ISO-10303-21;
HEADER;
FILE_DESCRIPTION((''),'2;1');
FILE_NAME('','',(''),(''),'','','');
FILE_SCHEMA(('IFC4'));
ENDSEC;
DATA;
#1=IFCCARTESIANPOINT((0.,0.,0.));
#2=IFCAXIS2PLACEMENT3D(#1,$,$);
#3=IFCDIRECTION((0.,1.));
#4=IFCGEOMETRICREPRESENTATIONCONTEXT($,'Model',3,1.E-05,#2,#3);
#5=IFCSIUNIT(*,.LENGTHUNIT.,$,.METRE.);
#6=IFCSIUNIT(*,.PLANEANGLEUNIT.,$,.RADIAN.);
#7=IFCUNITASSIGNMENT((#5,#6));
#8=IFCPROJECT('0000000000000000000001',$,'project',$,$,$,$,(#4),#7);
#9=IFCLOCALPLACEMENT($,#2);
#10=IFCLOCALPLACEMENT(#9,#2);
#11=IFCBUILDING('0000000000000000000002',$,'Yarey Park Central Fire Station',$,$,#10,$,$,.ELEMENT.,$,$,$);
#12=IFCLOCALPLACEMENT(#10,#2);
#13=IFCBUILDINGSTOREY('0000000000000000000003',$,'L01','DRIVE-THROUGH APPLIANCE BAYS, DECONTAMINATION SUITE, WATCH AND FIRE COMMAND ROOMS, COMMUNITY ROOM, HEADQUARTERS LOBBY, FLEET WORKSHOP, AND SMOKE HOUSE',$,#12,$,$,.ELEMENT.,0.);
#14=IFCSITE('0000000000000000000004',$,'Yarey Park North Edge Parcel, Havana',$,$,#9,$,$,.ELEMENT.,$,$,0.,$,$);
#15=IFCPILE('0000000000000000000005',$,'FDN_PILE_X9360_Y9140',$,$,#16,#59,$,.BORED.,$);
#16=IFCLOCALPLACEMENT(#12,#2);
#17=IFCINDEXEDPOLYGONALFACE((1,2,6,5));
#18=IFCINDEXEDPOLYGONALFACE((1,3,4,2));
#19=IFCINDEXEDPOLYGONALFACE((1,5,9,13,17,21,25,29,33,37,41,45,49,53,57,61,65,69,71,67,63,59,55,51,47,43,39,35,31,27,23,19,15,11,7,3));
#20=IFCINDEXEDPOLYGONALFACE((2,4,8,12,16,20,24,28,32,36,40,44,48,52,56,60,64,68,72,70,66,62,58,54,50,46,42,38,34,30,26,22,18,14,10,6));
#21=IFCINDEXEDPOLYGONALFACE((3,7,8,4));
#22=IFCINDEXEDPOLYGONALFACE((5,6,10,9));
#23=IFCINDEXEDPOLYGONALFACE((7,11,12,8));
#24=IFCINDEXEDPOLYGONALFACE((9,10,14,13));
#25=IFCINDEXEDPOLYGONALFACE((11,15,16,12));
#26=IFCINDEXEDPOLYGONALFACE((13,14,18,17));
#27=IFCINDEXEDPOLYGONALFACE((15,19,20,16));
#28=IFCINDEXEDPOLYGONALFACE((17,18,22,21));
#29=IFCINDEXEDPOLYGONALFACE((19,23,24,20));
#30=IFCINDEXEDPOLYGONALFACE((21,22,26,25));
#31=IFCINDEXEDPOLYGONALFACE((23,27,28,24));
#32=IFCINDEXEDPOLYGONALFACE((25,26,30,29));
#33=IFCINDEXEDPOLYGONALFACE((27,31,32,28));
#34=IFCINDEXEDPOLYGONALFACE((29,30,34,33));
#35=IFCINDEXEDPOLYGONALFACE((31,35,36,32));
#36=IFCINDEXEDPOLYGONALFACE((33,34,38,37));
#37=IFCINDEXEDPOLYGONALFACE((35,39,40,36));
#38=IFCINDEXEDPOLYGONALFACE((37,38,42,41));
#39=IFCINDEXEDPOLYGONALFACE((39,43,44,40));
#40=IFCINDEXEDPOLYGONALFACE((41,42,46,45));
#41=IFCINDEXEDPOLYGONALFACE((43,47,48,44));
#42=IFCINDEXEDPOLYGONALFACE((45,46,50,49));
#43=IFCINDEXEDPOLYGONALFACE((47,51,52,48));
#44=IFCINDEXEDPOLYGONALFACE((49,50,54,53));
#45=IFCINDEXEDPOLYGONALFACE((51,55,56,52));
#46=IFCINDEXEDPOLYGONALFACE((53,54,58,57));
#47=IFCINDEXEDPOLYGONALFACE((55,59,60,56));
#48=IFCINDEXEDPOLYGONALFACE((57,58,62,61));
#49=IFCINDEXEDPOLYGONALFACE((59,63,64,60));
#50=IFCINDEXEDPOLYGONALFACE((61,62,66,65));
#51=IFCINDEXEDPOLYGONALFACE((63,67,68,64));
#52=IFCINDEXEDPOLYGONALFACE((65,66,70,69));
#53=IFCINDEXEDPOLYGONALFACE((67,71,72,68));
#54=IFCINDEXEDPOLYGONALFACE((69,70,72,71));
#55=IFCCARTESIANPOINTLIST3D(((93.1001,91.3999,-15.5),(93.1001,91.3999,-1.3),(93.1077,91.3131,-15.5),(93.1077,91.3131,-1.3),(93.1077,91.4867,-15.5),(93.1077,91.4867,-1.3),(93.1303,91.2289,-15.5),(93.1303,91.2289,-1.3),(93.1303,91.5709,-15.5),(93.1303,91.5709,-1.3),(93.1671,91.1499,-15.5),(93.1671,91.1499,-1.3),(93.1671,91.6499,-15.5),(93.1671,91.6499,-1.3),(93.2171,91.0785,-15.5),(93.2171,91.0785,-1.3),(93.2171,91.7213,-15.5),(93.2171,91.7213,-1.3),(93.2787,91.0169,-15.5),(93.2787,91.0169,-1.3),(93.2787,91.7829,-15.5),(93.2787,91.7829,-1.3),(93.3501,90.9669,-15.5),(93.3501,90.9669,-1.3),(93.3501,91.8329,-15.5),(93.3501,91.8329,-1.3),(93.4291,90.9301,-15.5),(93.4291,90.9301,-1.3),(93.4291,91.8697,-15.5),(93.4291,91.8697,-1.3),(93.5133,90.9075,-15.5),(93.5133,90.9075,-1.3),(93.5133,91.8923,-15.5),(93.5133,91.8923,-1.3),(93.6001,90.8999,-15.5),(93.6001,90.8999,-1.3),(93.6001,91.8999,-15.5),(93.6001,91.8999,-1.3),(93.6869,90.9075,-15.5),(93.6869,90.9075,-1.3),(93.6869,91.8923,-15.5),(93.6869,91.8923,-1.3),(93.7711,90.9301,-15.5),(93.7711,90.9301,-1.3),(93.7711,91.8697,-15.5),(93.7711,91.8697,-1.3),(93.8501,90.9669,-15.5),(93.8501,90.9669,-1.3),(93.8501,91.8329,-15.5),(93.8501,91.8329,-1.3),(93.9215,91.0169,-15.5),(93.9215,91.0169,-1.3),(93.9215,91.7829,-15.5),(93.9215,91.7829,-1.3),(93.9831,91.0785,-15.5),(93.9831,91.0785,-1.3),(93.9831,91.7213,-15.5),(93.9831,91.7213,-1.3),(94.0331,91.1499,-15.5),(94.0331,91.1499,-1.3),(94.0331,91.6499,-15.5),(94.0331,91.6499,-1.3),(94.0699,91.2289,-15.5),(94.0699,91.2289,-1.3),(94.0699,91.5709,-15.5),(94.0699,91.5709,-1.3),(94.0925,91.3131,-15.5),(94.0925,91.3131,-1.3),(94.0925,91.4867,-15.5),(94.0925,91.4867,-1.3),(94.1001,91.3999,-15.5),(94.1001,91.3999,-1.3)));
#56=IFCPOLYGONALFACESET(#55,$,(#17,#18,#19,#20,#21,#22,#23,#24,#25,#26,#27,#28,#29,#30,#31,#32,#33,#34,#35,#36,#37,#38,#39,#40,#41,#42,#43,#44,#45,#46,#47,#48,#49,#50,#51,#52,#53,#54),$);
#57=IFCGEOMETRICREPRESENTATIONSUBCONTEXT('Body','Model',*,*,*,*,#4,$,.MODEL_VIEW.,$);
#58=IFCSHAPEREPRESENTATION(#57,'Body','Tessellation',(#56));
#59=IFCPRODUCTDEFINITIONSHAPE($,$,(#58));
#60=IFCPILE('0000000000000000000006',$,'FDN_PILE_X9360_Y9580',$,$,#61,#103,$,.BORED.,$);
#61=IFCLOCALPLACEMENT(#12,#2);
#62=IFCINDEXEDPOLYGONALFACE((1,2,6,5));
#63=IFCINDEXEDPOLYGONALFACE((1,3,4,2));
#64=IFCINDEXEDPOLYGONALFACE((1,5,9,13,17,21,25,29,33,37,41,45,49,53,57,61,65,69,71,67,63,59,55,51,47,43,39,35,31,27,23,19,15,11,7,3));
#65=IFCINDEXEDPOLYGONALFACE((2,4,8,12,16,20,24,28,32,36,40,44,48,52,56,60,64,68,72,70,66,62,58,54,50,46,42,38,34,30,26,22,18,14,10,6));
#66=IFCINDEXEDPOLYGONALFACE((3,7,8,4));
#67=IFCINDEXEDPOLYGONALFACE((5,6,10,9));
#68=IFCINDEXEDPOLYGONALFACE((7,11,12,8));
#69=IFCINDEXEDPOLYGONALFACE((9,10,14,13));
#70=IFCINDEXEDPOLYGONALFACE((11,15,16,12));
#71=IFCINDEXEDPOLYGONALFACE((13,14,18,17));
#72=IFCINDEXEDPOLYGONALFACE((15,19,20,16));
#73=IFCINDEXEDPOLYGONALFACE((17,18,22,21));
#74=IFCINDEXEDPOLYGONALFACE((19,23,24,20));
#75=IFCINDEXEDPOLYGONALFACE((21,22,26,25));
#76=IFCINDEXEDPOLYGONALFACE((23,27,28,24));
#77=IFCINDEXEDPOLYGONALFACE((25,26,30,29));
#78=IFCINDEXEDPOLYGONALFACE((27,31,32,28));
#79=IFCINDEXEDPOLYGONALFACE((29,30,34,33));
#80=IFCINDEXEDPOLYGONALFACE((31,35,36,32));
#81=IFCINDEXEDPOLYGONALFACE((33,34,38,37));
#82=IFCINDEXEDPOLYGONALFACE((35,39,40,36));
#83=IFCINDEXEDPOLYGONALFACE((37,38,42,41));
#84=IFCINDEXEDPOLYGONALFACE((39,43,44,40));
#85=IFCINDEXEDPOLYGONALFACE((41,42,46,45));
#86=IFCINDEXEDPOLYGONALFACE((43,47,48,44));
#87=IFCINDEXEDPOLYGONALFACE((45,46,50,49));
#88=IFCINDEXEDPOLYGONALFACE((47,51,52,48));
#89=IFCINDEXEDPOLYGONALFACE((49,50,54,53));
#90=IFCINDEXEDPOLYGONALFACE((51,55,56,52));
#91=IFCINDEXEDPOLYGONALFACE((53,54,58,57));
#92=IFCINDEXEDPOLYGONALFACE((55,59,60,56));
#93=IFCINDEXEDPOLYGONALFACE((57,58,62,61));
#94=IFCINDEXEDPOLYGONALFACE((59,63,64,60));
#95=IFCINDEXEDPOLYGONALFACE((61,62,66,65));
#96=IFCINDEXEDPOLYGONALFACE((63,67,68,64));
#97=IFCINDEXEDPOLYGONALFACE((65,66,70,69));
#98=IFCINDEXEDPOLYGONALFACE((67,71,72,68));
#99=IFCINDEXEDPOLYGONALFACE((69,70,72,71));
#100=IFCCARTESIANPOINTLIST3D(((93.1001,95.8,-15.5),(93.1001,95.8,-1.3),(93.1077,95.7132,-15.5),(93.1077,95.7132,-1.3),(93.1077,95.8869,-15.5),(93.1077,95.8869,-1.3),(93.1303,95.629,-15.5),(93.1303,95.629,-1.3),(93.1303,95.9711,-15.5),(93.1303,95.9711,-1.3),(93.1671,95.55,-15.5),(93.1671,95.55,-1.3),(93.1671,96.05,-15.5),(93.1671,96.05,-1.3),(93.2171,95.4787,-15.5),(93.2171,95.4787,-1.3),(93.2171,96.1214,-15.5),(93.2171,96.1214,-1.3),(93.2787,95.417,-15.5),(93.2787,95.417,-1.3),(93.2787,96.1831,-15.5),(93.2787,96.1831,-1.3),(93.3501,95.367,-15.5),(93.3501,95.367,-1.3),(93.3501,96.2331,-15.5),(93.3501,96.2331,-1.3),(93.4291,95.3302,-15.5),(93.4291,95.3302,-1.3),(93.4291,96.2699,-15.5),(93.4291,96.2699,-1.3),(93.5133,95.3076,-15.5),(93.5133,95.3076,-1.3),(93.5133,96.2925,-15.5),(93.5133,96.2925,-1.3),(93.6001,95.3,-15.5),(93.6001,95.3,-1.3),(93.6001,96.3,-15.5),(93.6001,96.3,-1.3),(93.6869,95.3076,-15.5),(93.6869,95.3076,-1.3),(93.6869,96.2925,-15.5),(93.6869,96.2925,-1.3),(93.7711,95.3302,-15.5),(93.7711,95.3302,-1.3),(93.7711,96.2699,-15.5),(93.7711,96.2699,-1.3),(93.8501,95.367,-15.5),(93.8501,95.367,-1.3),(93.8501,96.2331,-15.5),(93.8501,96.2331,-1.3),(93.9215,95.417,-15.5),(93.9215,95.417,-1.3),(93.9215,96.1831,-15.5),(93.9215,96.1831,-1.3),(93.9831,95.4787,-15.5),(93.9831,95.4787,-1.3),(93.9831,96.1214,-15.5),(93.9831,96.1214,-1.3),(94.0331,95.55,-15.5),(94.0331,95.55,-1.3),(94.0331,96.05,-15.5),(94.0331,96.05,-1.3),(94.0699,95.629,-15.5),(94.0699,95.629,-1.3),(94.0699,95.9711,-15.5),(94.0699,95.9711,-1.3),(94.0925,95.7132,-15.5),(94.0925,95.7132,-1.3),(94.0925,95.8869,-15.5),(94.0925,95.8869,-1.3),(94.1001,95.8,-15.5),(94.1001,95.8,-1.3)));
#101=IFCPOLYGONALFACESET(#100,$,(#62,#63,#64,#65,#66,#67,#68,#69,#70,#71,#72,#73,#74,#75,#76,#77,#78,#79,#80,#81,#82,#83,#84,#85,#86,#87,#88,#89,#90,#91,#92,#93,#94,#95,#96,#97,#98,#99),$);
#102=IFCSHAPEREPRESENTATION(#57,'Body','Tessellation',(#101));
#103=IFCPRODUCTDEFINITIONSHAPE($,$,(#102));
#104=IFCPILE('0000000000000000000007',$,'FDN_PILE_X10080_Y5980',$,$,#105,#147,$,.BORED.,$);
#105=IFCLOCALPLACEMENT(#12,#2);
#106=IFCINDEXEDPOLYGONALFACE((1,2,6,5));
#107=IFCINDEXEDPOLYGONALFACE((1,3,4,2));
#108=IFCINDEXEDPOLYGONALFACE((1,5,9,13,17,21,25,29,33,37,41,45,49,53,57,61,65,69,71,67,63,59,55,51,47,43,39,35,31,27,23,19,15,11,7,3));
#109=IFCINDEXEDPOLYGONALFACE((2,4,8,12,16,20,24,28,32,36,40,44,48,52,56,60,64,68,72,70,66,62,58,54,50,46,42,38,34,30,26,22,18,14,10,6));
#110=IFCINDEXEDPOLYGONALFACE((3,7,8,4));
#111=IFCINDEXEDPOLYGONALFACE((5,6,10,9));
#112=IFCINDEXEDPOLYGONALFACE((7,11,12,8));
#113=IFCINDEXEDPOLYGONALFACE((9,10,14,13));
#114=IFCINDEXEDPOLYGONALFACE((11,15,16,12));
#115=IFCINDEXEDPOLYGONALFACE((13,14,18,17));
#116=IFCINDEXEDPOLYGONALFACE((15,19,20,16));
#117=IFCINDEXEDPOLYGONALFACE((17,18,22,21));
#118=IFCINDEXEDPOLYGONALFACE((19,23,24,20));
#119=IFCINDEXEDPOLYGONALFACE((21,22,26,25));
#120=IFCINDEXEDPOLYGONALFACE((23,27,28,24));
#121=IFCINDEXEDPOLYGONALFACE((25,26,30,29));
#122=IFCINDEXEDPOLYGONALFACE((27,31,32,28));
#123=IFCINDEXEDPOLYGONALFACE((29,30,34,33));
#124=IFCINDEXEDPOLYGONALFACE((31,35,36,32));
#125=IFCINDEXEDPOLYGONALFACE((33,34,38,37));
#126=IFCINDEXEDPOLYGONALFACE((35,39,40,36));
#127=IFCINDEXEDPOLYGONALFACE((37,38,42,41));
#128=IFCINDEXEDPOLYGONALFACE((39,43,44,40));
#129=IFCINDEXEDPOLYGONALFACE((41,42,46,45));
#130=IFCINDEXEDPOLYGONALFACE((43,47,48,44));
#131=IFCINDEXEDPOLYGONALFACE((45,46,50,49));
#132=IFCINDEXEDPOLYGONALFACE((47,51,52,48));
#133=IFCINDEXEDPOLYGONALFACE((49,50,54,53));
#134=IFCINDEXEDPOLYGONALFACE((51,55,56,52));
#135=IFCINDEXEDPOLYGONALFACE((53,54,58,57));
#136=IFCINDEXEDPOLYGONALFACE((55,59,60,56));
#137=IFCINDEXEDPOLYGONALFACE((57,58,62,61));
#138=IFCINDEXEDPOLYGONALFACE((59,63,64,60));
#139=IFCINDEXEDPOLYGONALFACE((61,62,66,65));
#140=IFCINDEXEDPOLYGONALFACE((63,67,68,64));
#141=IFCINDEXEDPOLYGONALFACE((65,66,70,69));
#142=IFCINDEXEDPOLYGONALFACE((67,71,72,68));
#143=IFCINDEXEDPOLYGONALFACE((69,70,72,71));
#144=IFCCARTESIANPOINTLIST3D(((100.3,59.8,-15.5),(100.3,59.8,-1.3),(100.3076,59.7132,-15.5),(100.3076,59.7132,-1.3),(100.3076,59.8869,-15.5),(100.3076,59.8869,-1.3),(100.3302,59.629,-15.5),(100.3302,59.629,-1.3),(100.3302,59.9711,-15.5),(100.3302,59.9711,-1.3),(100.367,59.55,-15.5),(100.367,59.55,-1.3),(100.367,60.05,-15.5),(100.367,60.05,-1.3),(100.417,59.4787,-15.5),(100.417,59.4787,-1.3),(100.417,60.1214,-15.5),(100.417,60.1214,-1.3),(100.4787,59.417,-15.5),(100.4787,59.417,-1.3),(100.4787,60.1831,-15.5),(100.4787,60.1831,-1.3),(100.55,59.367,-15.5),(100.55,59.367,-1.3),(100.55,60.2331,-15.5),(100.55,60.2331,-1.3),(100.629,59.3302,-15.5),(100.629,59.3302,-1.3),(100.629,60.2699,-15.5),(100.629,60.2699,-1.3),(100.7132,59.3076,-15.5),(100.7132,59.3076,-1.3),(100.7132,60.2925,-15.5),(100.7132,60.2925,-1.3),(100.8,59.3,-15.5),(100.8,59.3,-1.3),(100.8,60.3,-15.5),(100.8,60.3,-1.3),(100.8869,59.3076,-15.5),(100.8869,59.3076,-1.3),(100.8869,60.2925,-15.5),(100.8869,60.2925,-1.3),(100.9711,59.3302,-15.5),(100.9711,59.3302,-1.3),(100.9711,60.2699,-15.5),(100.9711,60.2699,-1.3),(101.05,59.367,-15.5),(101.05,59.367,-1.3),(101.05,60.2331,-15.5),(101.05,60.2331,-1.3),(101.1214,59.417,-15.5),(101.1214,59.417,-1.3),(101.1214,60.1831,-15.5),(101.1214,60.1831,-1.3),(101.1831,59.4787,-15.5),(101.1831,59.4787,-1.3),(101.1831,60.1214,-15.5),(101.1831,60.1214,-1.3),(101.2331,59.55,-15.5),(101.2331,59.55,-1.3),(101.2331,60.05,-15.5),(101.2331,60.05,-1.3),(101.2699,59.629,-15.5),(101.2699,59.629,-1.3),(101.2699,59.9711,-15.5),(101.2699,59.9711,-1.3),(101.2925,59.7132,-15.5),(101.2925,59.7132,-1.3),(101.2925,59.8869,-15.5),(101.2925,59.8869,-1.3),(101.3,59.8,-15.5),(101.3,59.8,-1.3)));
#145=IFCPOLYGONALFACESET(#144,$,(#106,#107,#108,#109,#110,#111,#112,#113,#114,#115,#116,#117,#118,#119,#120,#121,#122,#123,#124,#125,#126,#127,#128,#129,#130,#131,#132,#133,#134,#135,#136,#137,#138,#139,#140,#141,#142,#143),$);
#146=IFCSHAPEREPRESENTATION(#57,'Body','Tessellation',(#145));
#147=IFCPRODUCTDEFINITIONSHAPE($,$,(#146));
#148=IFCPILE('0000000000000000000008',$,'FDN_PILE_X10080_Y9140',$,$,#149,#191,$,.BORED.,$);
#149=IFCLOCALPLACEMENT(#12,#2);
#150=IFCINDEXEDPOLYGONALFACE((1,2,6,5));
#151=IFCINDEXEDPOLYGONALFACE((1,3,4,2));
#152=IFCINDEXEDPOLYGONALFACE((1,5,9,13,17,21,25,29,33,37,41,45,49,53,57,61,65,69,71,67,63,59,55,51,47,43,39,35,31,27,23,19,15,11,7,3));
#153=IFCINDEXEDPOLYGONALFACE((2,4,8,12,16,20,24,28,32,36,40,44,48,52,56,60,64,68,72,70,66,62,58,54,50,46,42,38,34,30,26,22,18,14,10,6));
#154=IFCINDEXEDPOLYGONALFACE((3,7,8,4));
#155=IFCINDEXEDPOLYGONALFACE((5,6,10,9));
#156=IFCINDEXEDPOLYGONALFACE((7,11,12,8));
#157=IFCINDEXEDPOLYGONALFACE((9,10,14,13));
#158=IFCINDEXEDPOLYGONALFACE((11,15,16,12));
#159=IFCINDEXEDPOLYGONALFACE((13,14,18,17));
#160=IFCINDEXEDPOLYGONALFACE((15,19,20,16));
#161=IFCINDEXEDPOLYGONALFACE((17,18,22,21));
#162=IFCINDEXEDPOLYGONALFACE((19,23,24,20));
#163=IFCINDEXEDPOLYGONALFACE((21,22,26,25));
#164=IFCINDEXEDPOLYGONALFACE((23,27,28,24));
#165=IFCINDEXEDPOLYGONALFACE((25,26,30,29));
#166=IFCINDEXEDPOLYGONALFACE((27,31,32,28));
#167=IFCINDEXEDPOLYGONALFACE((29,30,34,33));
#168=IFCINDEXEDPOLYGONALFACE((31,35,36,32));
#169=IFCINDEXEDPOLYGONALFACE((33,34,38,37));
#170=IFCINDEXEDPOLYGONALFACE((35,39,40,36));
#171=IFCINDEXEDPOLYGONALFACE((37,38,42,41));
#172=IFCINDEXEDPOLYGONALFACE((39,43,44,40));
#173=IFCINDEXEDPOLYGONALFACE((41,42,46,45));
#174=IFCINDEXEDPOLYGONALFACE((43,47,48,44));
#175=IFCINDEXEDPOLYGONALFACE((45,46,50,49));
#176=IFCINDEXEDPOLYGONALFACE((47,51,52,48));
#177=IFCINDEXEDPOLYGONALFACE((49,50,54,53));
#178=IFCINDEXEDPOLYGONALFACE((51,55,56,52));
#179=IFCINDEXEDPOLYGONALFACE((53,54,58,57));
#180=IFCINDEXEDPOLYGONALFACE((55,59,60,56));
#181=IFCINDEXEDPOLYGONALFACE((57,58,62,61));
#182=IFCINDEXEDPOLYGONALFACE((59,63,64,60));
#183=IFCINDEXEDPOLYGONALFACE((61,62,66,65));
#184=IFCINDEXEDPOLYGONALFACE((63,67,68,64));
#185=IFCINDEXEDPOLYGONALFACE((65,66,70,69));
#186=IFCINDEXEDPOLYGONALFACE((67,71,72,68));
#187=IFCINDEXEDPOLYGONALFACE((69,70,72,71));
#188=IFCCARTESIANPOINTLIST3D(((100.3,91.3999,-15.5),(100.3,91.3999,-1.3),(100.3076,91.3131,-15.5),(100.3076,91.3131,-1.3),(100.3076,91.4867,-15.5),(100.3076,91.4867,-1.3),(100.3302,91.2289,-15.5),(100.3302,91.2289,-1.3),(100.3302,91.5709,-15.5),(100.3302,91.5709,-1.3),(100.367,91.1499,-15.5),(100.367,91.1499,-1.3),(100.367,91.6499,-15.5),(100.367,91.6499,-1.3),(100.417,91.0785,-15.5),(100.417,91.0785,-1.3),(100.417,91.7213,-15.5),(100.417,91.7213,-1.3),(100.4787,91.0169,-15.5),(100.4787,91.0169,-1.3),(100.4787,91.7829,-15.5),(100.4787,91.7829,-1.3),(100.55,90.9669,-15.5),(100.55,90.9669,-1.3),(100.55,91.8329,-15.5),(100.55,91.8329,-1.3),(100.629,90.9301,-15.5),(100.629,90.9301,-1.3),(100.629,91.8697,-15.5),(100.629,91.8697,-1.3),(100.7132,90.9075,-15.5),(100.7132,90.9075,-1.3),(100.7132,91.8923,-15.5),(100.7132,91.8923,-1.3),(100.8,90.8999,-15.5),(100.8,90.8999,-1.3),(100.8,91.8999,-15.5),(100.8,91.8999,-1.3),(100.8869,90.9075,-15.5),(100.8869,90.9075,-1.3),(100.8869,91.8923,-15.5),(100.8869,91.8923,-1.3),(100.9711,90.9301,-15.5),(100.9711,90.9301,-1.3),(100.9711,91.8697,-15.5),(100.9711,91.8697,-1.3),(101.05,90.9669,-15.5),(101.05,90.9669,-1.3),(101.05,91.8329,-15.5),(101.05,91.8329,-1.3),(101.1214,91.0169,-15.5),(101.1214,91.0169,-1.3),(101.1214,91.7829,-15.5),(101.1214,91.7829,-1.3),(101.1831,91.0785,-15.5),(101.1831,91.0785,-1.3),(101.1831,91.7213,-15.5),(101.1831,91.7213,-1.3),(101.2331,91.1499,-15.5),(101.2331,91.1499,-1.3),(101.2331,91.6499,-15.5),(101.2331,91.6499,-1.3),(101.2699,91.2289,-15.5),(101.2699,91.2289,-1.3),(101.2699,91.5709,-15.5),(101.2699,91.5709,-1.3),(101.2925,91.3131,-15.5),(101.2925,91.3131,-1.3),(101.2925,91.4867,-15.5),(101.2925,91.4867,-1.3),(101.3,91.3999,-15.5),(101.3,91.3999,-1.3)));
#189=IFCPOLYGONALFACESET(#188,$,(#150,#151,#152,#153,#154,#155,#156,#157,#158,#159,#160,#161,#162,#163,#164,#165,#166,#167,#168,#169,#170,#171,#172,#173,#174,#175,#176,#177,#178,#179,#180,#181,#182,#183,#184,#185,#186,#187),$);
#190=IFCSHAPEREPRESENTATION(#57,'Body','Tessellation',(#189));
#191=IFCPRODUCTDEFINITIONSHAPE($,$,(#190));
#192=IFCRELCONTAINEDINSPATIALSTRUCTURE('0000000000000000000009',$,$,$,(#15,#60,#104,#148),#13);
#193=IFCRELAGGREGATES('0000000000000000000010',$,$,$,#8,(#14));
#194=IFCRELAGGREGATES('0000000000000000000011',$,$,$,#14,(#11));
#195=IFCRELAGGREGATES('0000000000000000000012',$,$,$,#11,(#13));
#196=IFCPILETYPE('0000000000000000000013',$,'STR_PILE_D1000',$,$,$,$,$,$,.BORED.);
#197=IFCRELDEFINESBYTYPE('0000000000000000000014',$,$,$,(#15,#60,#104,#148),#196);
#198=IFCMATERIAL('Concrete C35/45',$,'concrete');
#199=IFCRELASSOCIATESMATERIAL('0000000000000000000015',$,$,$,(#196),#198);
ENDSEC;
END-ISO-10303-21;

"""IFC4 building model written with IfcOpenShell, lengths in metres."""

from ifc_helpers import new_model, si_unit, direction, frame, origin, origin_2d, place, context, subcontext, project, spatial, circle, extrude, material, material_profile, profile_set, type_object, element, save


model = new_model("IFC4")

# Units and contexts
model_context = context("Model", 3, precision=1e-05, world=origin(), true_north=direction((0.0, 1.0)))
body_context = subcontext(model_context, "Body", "Model", "MODEL_VIEW")
ifc_project = project(units=[si_unit("LENGTHUNIT", "METRE"), si_unit("PLANEANGLEUNIT", "RADIAN")], contexts=[model_context])

# Site, building, storey
site_placement = place(None, origin())
site = spatial("IfcSite", under=ifc_project, at=site_placement, Name="Yarey Park North Edge Parcel, Havana", CompositionType="ELEMENT", RefElevation=0.0)
building_placement = place(site_placement, origin())
building = spatial("IfcBuilding", under=site, at=building_placement, Name="Yarey Park Central Fire Station", CompositionType="ELEMENT")
storey_placement = place(building_placement, origin())
storey = spatial("IfcBuildingStorey", under=building, at=storey_placement, Name="L01", Description="DRIVE-THROUGH APPLIANCE BAYS, DECONTAMINATION SUITE, WATCH AND FIRE COMMAND ROOMS, COMMUNITY ROOM, HEADQUARTERS LOBBY, FLEET WORKSHOP, AND SMOKE HOUSE", CompositionType="ELEMENT", Elevation=0.0)

# Shared definitions
ifc_material_1 = material(Name="Concrete C35/45", Category="concrete")

# Piles
ifc_material_profile_1 = material_profile(ifc_material_1, circle(Radius=0.5, at=origin_2d()), Name="BORED PILE D1000")
ifc_profile_set_1 = profile_set([ifc_material_profile_1], Name="Concrete C35/45")
pile_type = type_object("IfcPileType", Name="STR_PILE_D1000", PredefinedType="BORED", material=ifc_profile_set_1)
for number, where, z_axis, x_axis, name in (
    (1, (93.6001, 91.3999, -1.3), (0.0, 0.0, -1.0), (1.0, 0.0, 0.0), "FDN_PILE_X9360_Y9140"),
    (2, (93.6001, 95.8, -1.3), (0.0, 0.0, -1.0), (1.0, 0.0, 0.0), "FDN_PILE_X9360_Y9580"),
    (3, (100.8, 59.8, -1.3), (0.0, 0.0, -1.0), (1.0, 0.0, 0.0), "FDN_PILE_X10080_Y5980"),
    (4, (100.8, 91.3999, -1.3), (0.0, 0.0, -1.0), (1.0, 0.0, 0.0), "FDN_PILE_X10080_Y9140"),
):
    element("IfcPile", number, at=place(storey_placement, frame(where, z_axis=z_axis, x_axis=x_axis)), inside=storey, type_object=pile_type, Name=name, PredefinedType="BORED", context=body_context, shape_type="SweptSolid", body=[
        extrude(circle(Radius=0.5, at=origin_2d()), origin(), (0.0, 0.0, 1.0), 14.2),
    ])

save(model, "model.ifc")
